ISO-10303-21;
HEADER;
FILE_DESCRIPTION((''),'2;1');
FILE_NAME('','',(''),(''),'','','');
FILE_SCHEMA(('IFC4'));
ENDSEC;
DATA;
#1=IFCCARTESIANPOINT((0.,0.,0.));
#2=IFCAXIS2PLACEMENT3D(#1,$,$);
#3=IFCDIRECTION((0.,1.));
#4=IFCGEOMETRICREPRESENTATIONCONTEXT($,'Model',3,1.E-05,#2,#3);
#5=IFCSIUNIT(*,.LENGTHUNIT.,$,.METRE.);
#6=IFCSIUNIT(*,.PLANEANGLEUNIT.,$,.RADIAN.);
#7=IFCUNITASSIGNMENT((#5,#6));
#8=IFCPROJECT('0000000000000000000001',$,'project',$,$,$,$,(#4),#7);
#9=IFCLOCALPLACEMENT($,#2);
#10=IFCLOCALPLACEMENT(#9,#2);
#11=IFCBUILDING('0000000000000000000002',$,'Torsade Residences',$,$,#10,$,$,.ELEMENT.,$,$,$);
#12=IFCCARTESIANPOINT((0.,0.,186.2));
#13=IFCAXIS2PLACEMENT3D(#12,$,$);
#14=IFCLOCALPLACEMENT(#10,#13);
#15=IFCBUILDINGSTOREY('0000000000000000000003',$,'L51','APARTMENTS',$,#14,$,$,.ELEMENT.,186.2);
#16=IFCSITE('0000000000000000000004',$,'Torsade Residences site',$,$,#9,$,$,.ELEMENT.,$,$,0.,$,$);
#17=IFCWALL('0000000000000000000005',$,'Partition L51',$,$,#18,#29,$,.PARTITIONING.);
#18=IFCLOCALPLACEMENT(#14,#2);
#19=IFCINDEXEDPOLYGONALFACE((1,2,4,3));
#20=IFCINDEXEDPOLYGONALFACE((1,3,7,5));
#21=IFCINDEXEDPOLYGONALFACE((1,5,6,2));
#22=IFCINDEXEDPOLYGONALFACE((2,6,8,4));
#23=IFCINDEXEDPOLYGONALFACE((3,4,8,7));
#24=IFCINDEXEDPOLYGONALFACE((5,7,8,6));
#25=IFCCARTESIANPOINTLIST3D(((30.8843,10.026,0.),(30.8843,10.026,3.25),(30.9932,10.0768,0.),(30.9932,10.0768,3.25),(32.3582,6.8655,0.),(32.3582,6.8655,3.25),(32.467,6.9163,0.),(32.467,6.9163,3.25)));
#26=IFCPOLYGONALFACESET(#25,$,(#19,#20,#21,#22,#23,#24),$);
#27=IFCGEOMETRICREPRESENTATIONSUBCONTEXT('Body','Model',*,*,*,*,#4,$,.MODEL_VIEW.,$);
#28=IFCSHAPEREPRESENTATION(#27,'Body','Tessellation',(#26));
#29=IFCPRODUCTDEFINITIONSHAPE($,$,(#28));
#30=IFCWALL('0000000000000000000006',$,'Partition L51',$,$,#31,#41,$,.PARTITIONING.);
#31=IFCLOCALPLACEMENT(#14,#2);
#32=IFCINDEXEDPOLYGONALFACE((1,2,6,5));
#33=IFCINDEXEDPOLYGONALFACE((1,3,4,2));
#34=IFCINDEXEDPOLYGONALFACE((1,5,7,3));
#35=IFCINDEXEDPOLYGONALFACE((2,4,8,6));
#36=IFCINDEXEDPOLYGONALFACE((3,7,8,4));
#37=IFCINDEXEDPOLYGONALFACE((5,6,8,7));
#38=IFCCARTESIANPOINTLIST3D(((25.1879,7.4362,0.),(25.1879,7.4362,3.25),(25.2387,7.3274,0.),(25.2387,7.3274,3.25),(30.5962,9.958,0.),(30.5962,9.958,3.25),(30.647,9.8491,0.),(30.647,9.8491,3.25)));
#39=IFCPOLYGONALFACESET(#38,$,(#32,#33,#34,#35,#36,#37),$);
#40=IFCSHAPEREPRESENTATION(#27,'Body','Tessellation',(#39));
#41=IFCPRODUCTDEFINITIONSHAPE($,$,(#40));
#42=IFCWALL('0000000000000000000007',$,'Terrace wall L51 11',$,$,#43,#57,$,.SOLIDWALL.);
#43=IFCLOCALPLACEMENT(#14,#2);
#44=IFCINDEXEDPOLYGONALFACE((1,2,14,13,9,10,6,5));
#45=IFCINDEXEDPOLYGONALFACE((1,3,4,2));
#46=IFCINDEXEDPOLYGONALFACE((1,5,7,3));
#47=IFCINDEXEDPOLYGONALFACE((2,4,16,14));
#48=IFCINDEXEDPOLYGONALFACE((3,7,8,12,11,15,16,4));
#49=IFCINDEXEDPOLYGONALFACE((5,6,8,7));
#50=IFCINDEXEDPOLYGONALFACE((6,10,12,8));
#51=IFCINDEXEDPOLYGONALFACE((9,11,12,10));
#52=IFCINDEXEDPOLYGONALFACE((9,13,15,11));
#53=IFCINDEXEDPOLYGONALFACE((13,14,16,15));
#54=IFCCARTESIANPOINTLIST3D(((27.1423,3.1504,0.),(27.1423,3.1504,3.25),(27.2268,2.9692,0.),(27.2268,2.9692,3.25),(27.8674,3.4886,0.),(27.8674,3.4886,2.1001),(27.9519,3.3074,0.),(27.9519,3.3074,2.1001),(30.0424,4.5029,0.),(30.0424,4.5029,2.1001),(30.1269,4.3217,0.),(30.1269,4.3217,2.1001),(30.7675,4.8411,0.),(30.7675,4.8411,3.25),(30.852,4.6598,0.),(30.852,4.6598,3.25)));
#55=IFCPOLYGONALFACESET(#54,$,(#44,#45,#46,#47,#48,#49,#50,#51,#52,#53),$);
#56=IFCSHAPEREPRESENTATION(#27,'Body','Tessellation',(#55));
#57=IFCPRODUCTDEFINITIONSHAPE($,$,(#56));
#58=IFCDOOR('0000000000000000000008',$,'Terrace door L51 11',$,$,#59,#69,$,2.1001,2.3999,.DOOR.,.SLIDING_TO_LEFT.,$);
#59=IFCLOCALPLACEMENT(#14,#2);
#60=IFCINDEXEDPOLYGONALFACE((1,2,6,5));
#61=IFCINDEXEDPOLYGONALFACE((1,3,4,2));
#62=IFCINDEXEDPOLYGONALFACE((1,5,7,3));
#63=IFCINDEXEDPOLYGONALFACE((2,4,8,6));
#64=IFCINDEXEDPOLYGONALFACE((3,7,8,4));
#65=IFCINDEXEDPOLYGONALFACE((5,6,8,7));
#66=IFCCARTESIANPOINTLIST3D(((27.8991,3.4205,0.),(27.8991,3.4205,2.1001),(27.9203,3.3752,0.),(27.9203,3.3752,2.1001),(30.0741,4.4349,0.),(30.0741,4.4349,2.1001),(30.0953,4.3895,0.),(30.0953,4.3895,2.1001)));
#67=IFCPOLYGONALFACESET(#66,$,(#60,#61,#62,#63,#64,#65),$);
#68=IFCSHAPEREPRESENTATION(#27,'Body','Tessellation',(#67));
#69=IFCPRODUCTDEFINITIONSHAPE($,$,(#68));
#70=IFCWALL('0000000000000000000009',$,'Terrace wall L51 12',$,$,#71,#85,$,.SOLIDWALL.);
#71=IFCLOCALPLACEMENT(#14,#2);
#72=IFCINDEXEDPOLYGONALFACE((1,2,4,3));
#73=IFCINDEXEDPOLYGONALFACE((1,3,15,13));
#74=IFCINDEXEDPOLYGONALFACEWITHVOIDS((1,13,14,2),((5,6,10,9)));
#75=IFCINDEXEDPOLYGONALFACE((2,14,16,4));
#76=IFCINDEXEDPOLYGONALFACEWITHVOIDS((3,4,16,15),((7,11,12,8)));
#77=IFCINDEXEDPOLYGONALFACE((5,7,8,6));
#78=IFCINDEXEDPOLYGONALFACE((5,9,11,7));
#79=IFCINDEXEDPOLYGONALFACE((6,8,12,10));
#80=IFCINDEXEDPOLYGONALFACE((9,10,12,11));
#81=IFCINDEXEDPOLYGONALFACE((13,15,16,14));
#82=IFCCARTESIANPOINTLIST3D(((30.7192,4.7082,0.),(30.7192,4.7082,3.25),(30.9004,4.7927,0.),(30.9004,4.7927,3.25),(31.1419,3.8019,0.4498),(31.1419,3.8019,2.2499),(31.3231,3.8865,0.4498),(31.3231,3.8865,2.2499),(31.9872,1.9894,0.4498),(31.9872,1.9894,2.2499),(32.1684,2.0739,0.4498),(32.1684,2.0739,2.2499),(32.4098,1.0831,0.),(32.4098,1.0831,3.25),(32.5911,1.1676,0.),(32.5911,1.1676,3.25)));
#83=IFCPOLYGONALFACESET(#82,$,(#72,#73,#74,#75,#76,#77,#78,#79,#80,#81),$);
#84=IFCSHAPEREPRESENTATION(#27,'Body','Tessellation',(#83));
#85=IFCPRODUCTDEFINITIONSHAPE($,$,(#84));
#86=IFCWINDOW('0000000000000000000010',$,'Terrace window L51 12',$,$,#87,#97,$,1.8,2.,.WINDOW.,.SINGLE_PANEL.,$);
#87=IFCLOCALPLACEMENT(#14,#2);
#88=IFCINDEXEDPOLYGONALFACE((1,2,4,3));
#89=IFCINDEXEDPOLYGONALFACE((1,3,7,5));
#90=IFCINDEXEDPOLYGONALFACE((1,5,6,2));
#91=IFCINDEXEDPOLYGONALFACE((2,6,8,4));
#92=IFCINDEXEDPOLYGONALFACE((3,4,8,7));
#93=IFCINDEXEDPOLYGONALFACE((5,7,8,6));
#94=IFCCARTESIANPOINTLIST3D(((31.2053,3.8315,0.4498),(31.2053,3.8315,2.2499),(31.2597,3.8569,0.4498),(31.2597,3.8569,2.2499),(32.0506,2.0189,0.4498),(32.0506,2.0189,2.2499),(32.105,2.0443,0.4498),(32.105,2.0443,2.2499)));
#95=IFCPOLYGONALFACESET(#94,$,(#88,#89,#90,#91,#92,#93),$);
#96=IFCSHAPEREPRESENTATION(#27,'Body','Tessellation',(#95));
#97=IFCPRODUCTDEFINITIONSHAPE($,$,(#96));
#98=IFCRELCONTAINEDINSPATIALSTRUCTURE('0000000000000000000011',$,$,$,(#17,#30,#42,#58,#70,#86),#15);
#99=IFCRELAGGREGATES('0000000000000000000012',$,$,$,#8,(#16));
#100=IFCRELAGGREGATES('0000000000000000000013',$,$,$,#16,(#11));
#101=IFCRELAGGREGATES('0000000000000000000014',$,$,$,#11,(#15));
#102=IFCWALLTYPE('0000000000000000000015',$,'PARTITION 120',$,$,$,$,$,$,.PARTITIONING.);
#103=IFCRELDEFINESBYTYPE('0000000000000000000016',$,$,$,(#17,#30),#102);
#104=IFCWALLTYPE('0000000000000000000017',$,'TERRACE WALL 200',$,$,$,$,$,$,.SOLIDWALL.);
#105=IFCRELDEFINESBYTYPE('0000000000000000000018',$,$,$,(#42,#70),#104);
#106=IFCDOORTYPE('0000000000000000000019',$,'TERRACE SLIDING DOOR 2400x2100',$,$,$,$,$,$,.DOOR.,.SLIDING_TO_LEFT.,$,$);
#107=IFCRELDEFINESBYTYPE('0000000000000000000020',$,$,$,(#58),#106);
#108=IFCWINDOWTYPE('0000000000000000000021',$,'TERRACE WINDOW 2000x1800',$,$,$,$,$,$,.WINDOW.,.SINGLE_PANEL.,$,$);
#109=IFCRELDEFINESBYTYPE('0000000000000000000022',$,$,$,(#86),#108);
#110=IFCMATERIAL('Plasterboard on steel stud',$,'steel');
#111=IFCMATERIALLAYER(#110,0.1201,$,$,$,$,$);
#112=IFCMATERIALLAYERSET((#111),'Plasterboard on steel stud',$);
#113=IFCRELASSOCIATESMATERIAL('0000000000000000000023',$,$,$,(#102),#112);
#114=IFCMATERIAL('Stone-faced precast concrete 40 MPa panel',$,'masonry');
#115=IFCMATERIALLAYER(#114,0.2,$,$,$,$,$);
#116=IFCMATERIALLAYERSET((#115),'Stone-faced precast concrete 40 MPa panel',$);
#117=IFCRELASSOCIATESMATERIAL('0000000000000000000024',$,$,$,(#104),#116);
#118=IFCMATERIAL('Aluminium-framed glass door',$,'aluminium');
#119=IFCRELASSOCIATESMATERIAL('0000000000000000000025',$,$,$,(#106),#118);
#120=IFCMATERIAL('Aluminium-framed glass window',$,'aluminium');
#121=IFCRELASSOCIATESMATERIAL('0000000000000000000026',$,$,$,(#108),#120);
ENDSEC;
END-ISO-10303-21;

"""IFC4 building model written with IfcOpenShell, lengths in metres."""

from ifc_helpers import new_model, si_unit, direction, frame, frame_2d, origin, place, context, subcontext, project, spatial, rectangle, extrude, material, layer, layer_set, type_object, element, fill, save


model = new_model("IFC4")

# Units and contexts
model_context = context("Model", 3, precision=1e-05, world=origin(), true_north=direction((0.0, 1.0)))
body_context = subcontext(model_context, "Body", "Model", "MODEL_VIEW")
ifc_project = project(units=[si_unit("LENGTHUNIT", "METRE"), si_unit("PLANEANGLEUNIT", "RADIAN")], contexts=[model_context])

# Site, building, storey
site_placement = place(None, origin())
site = spatial("IfcSite", under=ifc_project, at=site_placement, Name="Torsade Residences site", CompositionType="ELEMENT", RefElevation=0.0)
building_placement = place(site_placement, origin())
building = spatial("IfcBuilding", under=site, at=building_placement, Name="Torsade Residences", CompositionType="ELEMENT")
storey_placement = place(building_placement, frame((0.0, 0.0, 186.2)))
storey = spatial("IfcBuildingStorey", under=building, at=storey_placement, Name="L51", Description="APARTMENTS", CompositionType="ELEMENT", Elevation=186.2)

# Shared definitions
ifc_material_1 = material(Name="Plasterboard on steel stud", Category="steel")
ifc_layer_1 = layer(ifc_material_1, 0.1201)
ifc_layer_set_1 = layer_set([ifc_layer_1], Name="Plasterboard on steel stud")
wall_type_1 = type_object("IfcWallType", Name="PARTITION 120", PredefinedType="PARTITIONING", material=ifc_layer_set_1)

# Walls
wall_1_placement = place(storey_placement, frame((32.4126, 6.8909, 0.0), z_axis=(0.0, 0.0, 1.0), x_axis=(-0.422629, 0.906303, 0.0)))
element("IfcWall", 1, at=wall_1_placement, inside=storey, type_object=wall_type_1, Name="Partition L51", PredefinedType="PARTITIONING", context=body_context, shape_type="SweptSolid", body=[
    extrude(rectangle(XDim=3.4873, YDim=0.1201, at=frame_2d((1.7437, 0.0))), origin(), (0.0, 0.0, 1.0), 3.25),
])
wall_2_placement = place(storey_placement, frame((30.6216, 9.9036, 0.0), z_axis=(0.0, 0.0, 1.0), x_axis=(-0.906318, -0.422597, 0.0)))
element("IfcWall", 2, at=wall_2_placement, inside=storey, type_object=wall_type_1, Name="Partition L51", PredefinedType="PARTITIONING", context=body_context, shape_type="SweptSolid", body=[
    extrude(rectangle(XDim=5.9673, YDim=0.1201, at=frame_2d((2.9836, 0.0))), origin(), (0.0, 0.0, 1.0), 3.25),
])

# Wall, opening, door
ifc_material_2 = material(Name="Stone-faced precast concrete 40 MPa panel", Category="masonry")
ifc_layer_2 = layer(ifc_material_2, 0.2)
ifc_layer_set_2 = layer_set([ifc_layer_2], Name="Stone-faced precast concrete 40 MPa panel")
wall_type_2 = type_object("IfcWallType", Name="TERRACE WALL 200", PredefinedType="SOLIDWALL", material=ifc_layer_set_2)
wall_3_placement = place(storey_placement, frame((27.1846, 3.0598, 0.0), z_axis=(0.0, 0.0, 1.0), x_axis=(0.906289, 0.422658, 0.0)))
wall_3 = element("IfcWall", 3, at=wall_3_placement, inside=storey, type_object=wall_type_2, Name="Terrace wall L51 11", PredefinedType="SOLIDWALL", context=body_context, shape_type="SweptSolid", body=[
    extrude(rectangle(XDim=4.0, YDim=0.2, at=frame_2d((2.0, 0.0))), origin(), (0.0, 0.0, 1.0), 3.25),
])
opening_1_placement = place(wall_3_placement, frame((0.8, 0.0, 0.0)))
opening_1 = element("IfcOpeningElement", 4, at=opening_1_placement, cuts=wall_3, PredefinedType="OPENING", context=body_context, shape_type="SweptSolid", body=[
    extrude(rectangle(XDim=2.3999, YDim=2.1001, at=frame_2d((1.2, 1.05))), frame((0.0, 0.1099, 0.0), z_axis=(0.0, -1.0, 0.0), x_axis=(1.0, 0.0, 0.0)), (0.0, 0.0, 1.0), 0.22),
])
ifc_material_3 = material(Name="Aluminium-framed glass door", Category="aluminium")
door_type_1 = type_object("IfcDoorType", Name="TERRACE SLIDING DOOR 2400x2100", OperationType="SLIDING_TO_LEFT", PredefinedType="DOOR", material=ifc_material_3)
door_1_placement = place(opening_1_placement, origin())
door_1 = element("IfcDoor", 5, at=door_1_placement, inside=storey, type_object=door_type_1, Name="Terrace door L51 11", OperationType="SLIDING_TO_LEFT", OverallHeight=2.1001, OverallWidth=2.3999, PredefinedType="DOOR", context=body_context, shape_type="SweptSolid", body=[
    extrude(rectangle(XDim=2.3999, YDim=2.1001, at=frame_2d((1.2, 1.05))), frame((0.0, 0.0249, 0.0), z_axis=(0.0, -1.0, 0.0), x_axis=(1.0, 0.0, 0.0)), (0.0, 0.0, 1.0), 0.05),
])
fill(opening_1, door_1)

# Wall, opening, window
wall_4_placement = place(storey_placement, frame((30.8098, 4.7505, 0.0), z_axis=(0.0, 0.0, 1.0), x_axis=(0.422658, -0.906289, 0.0)))
wall_4 = element("IfcWall", 6, at=wall_4_placement, inside=storey, type_object=wall_type_2, Name="Terrace wall L51 12", PredefinedType="SOLIDWALL", context=body_context, shape_type="SweptSolid", body=[
    extrude(rectangle(XDim=4.0, YDim=0.2, at=frame_2d((2.0, 0.0))), origin(), (0.0, 0.0, 1.0), 3.25),
])
opening_2_placement = place(wall_4_placement, frame((1.0, 0.0, 0.45)))
opening_2 = element("IfcOpeningElement", 7, at=opening_2_placement, cuts=wall_4, PredefinedType="OPENING", context=body_context, shape_type="SweptSolid", body=[
    extrude(rectangle(XDim=2.0, YDim=1.8, at=frame_2d((1.0, 0.8999))), frame((0.0, 0.1099, 0.0), z_axis=(0.0, -1.0, 0.0), x_axis=(1.0, 0.0, 0.0)), (0.0, 0.0, 1.0), 0.22),
])
ifc_material_4 = material(Name="Aluminium-framed glass window", Category="aluminium")
window_type = type_object("IfcWindowType", Name="TERRACE WINDOW 2000x1800", PartitioningType="SINGLE_PANEL", PredefinedType="WINDOW", material=ifc_material_4)
window_placement = place(opening_2_placement, origin())
window = element("IfcWindow", 8, at=window_placement, inside=storey, type_object=window_type, Name="Terrace window L51 12", OverallHeight=1.8, OverallWidth=2.0, PartitioningType="SINGLE_PANEL", PredefinedType="WINDOW", context=body_context, shape_type="SweptSolid", body=[
    extrude(rectangle(XDim=2.0, YDim=1.8, at=frame_2d((1.0, 0.8999))), frame((0.0, 0.03, 0.0), z_axis=(0.0, -1.0, 0.0), x_axis=(1.0, 0.0, 0.0)), (0.0, 0.0, 1.0), 0.0601),
])
fill(opening_2, window)

save(model, "model.ifc")
